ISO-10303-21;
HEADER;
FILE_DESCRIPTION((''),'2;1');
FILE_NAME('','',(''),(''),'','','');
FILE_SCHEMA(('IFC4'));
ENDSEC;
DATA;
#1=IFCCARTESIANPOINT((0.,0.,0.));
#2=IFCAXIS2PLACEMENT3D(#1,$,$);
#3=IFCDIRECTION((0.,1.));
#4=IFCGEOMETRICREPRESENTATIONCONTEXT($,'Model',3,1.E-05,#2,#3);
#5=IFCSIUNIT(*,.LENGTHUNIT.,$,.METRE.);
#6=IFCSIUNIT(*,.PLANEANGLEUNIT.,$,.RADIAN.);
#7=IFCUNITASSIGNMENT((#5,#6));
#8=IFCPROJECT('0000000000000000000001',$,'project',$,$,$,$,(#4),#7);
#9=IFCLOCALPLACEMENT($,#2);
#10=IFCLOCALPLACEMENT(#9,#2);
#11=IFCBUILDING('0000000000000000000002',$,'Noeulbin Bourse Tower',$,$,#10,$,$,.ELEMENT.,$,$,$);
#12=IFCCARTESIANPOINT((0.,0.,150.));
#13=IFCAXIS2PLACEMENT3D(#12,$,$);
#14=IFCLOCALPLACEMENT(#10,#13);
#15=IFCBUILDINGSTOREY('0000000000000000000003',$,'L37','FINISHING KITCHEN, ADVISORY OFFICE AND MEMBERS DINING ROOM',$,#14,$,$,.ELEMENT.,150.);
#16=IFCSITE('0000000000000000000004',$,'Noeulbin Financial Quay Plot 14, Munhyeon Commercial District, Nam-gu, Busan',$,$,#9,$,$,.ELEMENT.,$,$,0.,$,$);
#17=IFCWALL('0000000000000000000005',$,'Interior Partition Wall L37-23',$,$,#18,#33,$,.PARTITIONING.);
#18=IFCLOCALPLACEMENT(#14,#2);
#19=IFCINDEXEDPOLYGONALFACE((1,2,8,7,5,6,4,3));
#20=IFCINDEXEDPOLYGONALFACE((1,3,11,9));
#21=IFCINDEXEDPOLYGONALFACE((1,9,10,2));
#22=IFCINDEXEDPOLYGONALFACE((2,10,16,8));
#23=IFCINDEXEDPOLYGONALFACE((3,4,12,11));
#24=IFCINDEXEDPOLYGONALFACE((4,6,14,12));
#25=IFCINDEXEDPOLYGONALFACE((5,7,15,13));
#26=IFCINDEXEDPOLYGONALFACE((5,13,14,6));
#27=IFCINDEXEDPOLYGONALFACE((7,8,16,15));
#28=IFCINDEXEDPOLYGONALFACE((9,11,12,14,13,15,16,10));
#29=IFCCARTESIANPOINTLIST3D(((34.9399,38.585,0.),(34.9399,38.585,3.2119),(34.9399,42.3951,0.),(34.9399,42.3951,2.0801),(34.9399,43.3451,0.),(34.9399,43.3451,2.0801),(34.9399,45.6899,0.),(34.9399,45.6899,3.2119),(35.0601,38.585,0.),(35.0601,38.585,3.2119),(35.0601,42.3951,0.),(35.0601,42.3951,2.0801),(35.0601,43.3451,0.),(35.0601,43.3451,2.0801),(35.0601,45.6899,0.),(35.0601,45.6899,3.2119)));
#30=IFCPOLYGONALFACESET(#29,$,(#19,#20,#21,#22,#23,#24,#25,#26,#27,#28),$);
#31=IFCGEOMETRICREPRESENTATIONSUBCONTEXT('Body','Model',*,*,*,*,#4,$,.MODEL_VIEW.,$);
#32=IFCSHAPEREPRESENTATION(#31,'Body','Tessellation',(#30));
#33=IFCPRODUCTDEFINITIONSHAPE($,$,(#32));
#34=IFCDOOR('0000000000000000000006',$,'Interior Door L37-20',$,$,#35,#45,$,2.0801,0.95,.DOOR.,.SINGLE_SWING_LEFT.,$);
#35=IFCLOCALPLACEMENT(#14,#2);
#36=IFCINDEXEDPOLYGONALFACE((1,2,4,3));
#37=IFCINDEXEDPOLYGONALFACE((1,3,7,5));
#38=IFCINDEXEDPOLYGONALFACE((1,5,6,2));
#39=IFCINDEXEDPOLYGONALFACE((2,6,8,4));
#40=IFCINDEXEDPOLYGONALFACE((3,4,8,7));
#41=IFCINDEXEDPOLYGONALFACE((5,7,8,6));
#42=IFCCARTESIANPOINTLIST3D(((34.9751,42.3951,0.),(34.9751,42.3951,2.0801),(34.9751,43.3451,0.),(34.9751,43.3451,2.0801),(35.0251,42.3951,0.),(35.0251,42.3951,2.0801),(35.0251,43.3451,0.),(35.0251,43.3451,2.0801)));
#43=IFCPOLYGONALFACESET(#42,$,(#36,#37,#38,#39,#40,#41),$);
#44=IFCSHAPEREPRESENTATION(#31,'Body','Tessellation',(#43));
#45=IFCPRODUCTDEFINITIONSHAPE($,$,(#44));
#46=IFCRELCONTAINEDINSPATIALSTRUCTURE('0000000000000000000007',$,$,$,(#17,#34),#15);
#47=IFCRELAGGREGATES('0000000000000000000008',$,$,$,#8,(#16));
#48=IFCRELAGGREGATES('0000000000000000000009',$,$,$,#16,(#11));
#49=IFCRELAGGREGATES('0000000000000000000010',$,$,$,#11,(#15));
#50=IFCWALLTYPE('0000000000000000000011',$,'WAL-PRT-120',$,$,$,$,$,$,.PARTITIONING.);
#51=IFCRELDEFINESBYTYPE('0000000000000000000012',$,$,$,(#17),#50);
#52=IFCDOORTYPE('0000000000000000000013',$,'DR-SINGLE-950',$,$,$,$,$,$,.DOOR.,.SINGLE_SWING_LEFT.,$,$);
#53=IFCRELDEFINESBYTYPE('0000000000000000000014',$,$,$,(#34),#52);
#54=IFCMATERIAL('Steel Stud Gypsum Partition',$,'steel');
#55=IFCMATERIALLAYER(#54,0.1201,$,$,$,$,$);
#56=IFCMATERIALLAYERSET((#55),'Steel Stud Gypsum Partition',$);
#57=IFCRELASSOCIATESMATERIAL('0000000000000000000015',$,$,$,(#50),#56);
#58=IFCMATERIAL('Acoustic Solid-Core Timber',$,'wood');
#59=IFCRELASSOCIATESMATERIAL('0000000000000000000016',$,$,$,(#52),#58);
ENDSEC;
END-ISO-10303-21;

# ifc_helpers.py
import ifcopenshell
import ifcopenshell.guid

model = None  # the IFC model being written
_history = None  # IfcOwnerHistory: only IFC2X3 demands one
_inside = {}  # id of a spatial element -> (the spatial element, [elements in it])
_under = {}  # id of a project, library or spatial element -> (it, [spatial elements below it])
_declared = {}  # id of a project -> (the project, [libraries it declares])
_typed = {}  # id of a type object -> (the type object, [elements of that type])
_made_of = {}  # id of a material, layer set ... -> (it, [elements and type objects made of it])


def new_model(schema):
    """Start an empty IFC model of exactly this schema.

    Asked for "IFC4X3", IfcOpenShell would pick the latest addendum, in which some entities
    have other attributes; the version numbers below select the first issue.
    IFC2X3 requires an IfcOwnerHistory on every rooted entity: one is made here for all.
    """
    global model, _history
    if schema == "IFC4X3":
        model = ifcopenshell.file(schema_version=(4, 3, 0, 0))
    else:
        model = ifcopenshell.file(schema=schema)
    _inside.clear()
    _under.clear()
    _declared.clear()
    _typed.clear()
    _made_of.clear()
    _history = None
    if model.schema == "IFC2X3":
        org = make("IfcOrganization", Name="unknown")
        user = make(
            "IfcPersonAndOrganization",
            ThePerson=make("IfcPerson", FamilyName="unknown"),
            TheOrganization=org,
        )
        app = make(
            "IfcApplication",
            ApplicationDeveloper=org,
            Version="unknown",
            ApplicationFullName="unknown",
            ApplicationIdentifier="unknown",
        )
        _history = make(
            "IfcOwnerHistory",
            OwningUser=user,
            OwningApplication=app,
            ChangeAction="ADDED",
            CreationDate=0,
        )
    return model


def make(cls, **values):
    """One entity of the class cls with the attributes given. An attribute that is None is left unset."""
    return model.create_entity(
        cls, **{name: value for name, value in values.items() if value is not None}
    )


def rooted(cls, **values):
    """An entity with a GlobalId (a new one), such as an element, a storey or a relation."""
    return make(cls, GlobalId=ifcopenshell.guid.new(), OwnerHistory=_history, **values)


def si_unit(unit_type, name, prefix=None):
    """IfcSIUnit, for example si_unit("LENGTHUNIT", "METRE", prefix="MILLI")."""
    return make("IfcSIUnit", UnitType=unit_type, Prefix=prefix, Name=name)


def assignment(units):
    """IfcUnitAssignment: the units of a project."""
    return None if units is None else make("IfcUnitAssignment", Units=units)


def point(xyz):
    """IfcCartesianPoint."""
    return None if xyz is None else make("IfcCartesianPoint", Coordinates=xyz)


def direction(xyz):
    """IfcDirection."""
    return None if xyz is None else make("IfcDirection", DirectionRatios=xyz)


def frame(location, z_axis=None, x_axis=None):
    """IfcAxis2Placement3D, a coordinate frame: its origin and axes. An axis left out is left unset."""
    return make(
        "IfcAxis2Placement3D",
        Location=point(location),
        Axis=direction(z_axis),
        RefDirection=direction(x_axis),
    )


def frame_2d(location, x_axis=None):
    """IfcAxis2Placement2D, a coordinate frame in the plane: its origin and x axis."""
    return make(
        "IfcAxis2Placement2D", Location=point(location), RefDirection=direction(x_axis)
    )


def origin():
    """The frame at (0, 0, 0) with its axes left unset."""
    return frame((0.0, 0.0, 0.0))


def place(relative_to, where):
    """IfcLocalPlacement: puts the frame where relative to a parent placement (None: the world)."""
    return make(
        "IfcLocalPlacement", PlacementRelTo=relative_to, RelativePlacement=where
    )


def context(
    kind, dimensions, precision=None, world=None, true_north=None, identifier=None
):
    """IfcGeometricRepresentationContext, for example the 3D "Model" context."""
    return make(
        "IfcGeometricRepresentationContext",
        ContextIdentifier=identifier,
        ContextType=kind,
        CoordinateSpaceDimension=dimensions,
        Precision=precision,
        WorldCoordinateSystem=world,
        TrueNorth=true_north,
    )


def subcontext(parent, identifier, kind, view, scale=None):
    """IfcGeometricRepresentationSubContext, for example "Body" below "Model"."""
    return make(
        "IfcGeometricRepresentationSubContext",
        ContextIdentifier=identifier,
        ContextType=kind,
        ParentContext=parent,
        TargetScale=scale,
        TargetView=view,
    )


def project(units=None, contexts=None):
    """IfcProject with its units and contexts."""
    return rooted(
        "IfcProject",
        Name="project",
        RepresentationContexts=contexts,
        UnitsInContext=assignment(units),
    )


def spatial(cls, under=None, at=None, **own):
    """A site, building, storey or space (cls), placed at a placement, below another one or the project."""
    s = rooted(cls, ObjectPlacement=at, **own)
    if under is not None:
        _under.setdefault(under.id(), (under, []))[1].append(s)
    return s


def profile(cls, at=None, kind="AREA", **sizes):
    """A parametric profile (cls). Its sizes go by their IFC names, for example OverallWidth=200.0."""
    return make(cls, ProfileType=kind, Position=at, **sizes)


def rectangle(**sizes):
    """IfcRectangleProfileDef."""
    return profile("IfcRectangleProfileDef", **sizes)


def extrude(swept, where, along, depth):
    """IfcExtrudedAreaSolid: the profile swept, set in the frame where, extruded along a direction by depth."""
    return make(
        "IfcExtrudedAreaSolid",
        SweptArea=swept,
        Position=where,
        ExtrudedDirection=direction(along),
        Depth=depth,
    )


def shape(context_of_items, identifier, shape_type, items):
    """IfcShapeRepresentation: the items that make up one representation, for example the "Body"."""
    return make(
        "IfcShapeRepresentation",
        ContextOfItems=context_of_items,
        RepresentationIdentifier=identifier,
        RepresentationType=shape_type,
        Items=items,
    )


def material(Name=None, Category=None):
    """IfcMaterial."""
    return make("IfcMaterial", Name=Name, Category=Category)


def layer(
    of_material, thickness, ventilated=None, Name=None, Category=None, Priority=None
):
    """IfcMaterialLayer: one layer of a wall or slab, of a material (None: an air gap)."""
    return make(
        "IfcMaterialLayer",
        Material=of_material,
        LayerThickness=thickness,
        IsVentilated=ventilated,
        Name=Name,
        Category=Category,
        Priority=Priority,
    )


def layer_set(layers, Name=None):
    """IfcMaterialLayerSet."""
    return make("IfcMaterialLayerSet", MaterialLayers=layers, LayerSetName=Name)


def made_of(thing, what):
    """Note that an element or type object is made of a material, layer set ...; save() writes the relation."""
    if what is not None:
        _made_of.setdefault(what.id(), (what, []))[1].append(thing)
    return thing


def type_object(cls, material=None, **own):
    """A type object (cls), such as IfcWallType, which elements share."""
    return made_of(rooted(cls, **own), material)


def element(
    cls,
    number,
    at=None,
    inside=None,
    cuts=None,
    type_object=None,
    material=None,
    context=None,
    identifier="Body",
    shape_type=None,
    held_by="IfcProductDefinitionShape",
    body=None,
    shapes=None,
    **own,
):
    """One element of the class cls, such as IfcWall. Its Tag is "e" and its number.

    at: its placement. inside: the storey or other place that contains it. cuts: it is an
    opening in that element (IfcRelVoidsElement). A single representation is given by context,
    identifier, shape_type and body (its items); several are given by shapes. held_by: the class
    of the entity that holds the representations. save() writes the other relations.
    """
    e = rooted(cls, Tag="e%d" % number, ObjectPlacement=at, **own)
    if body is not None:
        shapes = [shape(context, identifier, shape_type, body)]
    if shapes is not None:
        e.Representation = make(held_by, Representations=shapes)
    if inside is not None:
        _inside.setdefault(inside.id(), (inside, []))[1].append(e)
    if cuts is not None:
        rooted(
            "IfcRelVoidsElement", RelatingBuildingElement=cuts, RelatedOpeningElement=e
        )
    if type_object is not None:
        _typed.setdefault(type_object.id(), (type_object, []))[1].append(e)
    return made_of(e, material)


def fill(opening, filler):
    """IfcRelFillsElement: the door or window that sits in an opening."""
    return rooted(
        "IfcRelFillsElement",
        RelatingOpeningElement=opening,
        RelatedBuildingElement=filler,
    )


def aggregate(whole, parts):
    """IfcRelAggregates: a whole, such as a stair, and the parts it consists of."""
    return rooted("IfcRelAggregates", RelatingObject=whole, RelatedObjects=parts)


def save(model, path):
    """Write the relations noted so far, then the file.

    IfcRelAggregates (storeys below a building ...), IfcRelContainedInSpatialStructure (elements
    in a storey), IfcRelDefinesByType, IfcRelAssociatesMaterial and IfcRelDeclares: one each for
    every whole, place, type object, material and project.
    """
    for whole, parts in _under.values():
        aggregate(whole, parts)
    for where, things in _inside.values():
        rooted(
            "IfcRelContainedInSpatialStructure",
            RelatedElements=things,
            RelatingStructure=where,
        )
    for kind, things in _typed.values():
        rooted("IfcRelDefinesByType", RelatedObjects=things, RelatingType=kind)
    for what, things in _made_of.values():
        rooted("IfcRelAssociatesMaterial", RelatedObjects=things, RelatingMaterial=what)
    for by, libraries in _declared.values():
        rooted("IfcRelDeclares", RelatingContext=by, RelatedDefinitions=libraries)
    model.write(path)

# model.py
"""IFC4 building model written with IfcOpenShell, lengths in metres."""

from ifc_helpers import new_model, si_unit, direction, frame, frame_2d, origin, place, context, subcontext, project, spatial, rectangle, extrude, material, layer, layer_set, type_object, element, fill, save


model = new_model("IFC4")

# Units and contexts
model_context = context("Model", 3, precision=1e-05, world=origin(), true_north=direction((0.0, 1.0)))
body_context = subcontext(model_context, "Body", "Model", "MODEL_VIEW")
ifc_project = project(units=[si_unit("LENGTHUNIT", "METRE"), si_unit("PLANEANGLEUNIT", "RADIAN")], contexts=[model_context])

# Site, building, storey
site_placement = place(None, origin())
site = spatial("IfcSite", under=ifc_project, at=site_placement, Name="Noeulbin Financial Quay Plot 14, Munhyeon Commercial District, Nam-gu, Busan", CompositionType="ELEMENT", RefElevation=0.0)
building_placement = place(site_placement, origin())
building = spatial("IfcBuilding", under=site, at=building_placement, Name="Noeulbin Bourse Tower", CompositionType="ELEMENT")
storey_placement = place(building_placement, frame((0.0, 0.0, 150.0)))
storey = spatial("IfcBuildingStorey", under=building, at=storey_placement, Name="L37", Description="FINISHING KITCHEN, ADVISORY OFFICE AND MEMBERS DINING ROOM", CompositionType="ELEMENT", Elevation=150.0)

# Wall, opening, door
ifc_material_1 = material(Name="Steel Stud Gypsum Partition", Category="steel")
ifc_layer_1 = layer(ifc_material_1, 0.1201)
ifc_layer_set_1 = layer_set([ifc_layer_1], Name="Steel Stud Gypsum Partition")
wall_type = type_object("IfcWallType", Name="WAL-PRT-120", PredefinedType="PARTITIONING", material=ifc_layer_set_1)
wall_placement = place(storey_placement, frame((35.0, 38.585, 0.0), z_axis=(0.0, 0.0, 1.0), x_axis=(0.0, 1.0, 0.0)))
wall = element("IfcWall", 1, at=wall_placement, inside=storey, type_object=wall_type, Name="Interior Partition Wall L37-23", PredefinedType="PARTITIONING", context=body_context, shape_type="SweptSolid", body=[
    extrude(rectangle(XDim=7.105, YDim=0.1201, at=frame_2d((3.5525, 0.0))), origin(), (0.0, 0.0, 1.0), 3.2119),
])
opening_placement = place(wall_placement, frame((3.8101, 0.0, 0.0)))
opening = element("IfcOpeningElement", 2, at=opening_placement, cuts=wall, PredefinedType="OPENING", context=body_context, shape_type="SweptSolid", body=[
    extrude(rectangle(XDim=0.95, YDim=2.0801, at=frame_2d((0.4751, 1.04))), frame((0.0, 0.0701, 0.0), z_axis=(0.0, -1.0, 0.0), x_axis=(1.0, 0.0, 0.0)), (0.0, 0.0, 1.0), 0.1401),
])
ifc_material_2 = material(Name="Acoustic Solid-Core Timber", Category="wood")
door_type = type_object("IfcDoorType", Name="DR-SINGLE-950", OperationType="SINGLE_SWING_LEFT", PredefinedType="DOOR", material=ifc_material_2)
door_placement = place(opening_placement, origin())
door = element("IfcDoor", 3, at=door_placement, inside=storey, type_object=door_type, Name="Interior Door L37-20", OperationType="SINGLE_SWING_LEFT", OverallHeight=2.0801, OverallWidth=0.95, PredefinedType="DOOR", context=body_context, shape_type="SweptSolid", body=[
    extrude(rectangle(XDim=0.95, YDim=2.0801, at=frame_2d((0.4751, 1.04))), frame((0.0, 0.0249, 0.0), z_axis=(0.0, -1.0, 0.0), x_axis=(1.0, 0.0, 0.0)), (0.0, 0.0, 1.0), 0.05),
])
fill(opening, door)

save(model, "model.ifc")
